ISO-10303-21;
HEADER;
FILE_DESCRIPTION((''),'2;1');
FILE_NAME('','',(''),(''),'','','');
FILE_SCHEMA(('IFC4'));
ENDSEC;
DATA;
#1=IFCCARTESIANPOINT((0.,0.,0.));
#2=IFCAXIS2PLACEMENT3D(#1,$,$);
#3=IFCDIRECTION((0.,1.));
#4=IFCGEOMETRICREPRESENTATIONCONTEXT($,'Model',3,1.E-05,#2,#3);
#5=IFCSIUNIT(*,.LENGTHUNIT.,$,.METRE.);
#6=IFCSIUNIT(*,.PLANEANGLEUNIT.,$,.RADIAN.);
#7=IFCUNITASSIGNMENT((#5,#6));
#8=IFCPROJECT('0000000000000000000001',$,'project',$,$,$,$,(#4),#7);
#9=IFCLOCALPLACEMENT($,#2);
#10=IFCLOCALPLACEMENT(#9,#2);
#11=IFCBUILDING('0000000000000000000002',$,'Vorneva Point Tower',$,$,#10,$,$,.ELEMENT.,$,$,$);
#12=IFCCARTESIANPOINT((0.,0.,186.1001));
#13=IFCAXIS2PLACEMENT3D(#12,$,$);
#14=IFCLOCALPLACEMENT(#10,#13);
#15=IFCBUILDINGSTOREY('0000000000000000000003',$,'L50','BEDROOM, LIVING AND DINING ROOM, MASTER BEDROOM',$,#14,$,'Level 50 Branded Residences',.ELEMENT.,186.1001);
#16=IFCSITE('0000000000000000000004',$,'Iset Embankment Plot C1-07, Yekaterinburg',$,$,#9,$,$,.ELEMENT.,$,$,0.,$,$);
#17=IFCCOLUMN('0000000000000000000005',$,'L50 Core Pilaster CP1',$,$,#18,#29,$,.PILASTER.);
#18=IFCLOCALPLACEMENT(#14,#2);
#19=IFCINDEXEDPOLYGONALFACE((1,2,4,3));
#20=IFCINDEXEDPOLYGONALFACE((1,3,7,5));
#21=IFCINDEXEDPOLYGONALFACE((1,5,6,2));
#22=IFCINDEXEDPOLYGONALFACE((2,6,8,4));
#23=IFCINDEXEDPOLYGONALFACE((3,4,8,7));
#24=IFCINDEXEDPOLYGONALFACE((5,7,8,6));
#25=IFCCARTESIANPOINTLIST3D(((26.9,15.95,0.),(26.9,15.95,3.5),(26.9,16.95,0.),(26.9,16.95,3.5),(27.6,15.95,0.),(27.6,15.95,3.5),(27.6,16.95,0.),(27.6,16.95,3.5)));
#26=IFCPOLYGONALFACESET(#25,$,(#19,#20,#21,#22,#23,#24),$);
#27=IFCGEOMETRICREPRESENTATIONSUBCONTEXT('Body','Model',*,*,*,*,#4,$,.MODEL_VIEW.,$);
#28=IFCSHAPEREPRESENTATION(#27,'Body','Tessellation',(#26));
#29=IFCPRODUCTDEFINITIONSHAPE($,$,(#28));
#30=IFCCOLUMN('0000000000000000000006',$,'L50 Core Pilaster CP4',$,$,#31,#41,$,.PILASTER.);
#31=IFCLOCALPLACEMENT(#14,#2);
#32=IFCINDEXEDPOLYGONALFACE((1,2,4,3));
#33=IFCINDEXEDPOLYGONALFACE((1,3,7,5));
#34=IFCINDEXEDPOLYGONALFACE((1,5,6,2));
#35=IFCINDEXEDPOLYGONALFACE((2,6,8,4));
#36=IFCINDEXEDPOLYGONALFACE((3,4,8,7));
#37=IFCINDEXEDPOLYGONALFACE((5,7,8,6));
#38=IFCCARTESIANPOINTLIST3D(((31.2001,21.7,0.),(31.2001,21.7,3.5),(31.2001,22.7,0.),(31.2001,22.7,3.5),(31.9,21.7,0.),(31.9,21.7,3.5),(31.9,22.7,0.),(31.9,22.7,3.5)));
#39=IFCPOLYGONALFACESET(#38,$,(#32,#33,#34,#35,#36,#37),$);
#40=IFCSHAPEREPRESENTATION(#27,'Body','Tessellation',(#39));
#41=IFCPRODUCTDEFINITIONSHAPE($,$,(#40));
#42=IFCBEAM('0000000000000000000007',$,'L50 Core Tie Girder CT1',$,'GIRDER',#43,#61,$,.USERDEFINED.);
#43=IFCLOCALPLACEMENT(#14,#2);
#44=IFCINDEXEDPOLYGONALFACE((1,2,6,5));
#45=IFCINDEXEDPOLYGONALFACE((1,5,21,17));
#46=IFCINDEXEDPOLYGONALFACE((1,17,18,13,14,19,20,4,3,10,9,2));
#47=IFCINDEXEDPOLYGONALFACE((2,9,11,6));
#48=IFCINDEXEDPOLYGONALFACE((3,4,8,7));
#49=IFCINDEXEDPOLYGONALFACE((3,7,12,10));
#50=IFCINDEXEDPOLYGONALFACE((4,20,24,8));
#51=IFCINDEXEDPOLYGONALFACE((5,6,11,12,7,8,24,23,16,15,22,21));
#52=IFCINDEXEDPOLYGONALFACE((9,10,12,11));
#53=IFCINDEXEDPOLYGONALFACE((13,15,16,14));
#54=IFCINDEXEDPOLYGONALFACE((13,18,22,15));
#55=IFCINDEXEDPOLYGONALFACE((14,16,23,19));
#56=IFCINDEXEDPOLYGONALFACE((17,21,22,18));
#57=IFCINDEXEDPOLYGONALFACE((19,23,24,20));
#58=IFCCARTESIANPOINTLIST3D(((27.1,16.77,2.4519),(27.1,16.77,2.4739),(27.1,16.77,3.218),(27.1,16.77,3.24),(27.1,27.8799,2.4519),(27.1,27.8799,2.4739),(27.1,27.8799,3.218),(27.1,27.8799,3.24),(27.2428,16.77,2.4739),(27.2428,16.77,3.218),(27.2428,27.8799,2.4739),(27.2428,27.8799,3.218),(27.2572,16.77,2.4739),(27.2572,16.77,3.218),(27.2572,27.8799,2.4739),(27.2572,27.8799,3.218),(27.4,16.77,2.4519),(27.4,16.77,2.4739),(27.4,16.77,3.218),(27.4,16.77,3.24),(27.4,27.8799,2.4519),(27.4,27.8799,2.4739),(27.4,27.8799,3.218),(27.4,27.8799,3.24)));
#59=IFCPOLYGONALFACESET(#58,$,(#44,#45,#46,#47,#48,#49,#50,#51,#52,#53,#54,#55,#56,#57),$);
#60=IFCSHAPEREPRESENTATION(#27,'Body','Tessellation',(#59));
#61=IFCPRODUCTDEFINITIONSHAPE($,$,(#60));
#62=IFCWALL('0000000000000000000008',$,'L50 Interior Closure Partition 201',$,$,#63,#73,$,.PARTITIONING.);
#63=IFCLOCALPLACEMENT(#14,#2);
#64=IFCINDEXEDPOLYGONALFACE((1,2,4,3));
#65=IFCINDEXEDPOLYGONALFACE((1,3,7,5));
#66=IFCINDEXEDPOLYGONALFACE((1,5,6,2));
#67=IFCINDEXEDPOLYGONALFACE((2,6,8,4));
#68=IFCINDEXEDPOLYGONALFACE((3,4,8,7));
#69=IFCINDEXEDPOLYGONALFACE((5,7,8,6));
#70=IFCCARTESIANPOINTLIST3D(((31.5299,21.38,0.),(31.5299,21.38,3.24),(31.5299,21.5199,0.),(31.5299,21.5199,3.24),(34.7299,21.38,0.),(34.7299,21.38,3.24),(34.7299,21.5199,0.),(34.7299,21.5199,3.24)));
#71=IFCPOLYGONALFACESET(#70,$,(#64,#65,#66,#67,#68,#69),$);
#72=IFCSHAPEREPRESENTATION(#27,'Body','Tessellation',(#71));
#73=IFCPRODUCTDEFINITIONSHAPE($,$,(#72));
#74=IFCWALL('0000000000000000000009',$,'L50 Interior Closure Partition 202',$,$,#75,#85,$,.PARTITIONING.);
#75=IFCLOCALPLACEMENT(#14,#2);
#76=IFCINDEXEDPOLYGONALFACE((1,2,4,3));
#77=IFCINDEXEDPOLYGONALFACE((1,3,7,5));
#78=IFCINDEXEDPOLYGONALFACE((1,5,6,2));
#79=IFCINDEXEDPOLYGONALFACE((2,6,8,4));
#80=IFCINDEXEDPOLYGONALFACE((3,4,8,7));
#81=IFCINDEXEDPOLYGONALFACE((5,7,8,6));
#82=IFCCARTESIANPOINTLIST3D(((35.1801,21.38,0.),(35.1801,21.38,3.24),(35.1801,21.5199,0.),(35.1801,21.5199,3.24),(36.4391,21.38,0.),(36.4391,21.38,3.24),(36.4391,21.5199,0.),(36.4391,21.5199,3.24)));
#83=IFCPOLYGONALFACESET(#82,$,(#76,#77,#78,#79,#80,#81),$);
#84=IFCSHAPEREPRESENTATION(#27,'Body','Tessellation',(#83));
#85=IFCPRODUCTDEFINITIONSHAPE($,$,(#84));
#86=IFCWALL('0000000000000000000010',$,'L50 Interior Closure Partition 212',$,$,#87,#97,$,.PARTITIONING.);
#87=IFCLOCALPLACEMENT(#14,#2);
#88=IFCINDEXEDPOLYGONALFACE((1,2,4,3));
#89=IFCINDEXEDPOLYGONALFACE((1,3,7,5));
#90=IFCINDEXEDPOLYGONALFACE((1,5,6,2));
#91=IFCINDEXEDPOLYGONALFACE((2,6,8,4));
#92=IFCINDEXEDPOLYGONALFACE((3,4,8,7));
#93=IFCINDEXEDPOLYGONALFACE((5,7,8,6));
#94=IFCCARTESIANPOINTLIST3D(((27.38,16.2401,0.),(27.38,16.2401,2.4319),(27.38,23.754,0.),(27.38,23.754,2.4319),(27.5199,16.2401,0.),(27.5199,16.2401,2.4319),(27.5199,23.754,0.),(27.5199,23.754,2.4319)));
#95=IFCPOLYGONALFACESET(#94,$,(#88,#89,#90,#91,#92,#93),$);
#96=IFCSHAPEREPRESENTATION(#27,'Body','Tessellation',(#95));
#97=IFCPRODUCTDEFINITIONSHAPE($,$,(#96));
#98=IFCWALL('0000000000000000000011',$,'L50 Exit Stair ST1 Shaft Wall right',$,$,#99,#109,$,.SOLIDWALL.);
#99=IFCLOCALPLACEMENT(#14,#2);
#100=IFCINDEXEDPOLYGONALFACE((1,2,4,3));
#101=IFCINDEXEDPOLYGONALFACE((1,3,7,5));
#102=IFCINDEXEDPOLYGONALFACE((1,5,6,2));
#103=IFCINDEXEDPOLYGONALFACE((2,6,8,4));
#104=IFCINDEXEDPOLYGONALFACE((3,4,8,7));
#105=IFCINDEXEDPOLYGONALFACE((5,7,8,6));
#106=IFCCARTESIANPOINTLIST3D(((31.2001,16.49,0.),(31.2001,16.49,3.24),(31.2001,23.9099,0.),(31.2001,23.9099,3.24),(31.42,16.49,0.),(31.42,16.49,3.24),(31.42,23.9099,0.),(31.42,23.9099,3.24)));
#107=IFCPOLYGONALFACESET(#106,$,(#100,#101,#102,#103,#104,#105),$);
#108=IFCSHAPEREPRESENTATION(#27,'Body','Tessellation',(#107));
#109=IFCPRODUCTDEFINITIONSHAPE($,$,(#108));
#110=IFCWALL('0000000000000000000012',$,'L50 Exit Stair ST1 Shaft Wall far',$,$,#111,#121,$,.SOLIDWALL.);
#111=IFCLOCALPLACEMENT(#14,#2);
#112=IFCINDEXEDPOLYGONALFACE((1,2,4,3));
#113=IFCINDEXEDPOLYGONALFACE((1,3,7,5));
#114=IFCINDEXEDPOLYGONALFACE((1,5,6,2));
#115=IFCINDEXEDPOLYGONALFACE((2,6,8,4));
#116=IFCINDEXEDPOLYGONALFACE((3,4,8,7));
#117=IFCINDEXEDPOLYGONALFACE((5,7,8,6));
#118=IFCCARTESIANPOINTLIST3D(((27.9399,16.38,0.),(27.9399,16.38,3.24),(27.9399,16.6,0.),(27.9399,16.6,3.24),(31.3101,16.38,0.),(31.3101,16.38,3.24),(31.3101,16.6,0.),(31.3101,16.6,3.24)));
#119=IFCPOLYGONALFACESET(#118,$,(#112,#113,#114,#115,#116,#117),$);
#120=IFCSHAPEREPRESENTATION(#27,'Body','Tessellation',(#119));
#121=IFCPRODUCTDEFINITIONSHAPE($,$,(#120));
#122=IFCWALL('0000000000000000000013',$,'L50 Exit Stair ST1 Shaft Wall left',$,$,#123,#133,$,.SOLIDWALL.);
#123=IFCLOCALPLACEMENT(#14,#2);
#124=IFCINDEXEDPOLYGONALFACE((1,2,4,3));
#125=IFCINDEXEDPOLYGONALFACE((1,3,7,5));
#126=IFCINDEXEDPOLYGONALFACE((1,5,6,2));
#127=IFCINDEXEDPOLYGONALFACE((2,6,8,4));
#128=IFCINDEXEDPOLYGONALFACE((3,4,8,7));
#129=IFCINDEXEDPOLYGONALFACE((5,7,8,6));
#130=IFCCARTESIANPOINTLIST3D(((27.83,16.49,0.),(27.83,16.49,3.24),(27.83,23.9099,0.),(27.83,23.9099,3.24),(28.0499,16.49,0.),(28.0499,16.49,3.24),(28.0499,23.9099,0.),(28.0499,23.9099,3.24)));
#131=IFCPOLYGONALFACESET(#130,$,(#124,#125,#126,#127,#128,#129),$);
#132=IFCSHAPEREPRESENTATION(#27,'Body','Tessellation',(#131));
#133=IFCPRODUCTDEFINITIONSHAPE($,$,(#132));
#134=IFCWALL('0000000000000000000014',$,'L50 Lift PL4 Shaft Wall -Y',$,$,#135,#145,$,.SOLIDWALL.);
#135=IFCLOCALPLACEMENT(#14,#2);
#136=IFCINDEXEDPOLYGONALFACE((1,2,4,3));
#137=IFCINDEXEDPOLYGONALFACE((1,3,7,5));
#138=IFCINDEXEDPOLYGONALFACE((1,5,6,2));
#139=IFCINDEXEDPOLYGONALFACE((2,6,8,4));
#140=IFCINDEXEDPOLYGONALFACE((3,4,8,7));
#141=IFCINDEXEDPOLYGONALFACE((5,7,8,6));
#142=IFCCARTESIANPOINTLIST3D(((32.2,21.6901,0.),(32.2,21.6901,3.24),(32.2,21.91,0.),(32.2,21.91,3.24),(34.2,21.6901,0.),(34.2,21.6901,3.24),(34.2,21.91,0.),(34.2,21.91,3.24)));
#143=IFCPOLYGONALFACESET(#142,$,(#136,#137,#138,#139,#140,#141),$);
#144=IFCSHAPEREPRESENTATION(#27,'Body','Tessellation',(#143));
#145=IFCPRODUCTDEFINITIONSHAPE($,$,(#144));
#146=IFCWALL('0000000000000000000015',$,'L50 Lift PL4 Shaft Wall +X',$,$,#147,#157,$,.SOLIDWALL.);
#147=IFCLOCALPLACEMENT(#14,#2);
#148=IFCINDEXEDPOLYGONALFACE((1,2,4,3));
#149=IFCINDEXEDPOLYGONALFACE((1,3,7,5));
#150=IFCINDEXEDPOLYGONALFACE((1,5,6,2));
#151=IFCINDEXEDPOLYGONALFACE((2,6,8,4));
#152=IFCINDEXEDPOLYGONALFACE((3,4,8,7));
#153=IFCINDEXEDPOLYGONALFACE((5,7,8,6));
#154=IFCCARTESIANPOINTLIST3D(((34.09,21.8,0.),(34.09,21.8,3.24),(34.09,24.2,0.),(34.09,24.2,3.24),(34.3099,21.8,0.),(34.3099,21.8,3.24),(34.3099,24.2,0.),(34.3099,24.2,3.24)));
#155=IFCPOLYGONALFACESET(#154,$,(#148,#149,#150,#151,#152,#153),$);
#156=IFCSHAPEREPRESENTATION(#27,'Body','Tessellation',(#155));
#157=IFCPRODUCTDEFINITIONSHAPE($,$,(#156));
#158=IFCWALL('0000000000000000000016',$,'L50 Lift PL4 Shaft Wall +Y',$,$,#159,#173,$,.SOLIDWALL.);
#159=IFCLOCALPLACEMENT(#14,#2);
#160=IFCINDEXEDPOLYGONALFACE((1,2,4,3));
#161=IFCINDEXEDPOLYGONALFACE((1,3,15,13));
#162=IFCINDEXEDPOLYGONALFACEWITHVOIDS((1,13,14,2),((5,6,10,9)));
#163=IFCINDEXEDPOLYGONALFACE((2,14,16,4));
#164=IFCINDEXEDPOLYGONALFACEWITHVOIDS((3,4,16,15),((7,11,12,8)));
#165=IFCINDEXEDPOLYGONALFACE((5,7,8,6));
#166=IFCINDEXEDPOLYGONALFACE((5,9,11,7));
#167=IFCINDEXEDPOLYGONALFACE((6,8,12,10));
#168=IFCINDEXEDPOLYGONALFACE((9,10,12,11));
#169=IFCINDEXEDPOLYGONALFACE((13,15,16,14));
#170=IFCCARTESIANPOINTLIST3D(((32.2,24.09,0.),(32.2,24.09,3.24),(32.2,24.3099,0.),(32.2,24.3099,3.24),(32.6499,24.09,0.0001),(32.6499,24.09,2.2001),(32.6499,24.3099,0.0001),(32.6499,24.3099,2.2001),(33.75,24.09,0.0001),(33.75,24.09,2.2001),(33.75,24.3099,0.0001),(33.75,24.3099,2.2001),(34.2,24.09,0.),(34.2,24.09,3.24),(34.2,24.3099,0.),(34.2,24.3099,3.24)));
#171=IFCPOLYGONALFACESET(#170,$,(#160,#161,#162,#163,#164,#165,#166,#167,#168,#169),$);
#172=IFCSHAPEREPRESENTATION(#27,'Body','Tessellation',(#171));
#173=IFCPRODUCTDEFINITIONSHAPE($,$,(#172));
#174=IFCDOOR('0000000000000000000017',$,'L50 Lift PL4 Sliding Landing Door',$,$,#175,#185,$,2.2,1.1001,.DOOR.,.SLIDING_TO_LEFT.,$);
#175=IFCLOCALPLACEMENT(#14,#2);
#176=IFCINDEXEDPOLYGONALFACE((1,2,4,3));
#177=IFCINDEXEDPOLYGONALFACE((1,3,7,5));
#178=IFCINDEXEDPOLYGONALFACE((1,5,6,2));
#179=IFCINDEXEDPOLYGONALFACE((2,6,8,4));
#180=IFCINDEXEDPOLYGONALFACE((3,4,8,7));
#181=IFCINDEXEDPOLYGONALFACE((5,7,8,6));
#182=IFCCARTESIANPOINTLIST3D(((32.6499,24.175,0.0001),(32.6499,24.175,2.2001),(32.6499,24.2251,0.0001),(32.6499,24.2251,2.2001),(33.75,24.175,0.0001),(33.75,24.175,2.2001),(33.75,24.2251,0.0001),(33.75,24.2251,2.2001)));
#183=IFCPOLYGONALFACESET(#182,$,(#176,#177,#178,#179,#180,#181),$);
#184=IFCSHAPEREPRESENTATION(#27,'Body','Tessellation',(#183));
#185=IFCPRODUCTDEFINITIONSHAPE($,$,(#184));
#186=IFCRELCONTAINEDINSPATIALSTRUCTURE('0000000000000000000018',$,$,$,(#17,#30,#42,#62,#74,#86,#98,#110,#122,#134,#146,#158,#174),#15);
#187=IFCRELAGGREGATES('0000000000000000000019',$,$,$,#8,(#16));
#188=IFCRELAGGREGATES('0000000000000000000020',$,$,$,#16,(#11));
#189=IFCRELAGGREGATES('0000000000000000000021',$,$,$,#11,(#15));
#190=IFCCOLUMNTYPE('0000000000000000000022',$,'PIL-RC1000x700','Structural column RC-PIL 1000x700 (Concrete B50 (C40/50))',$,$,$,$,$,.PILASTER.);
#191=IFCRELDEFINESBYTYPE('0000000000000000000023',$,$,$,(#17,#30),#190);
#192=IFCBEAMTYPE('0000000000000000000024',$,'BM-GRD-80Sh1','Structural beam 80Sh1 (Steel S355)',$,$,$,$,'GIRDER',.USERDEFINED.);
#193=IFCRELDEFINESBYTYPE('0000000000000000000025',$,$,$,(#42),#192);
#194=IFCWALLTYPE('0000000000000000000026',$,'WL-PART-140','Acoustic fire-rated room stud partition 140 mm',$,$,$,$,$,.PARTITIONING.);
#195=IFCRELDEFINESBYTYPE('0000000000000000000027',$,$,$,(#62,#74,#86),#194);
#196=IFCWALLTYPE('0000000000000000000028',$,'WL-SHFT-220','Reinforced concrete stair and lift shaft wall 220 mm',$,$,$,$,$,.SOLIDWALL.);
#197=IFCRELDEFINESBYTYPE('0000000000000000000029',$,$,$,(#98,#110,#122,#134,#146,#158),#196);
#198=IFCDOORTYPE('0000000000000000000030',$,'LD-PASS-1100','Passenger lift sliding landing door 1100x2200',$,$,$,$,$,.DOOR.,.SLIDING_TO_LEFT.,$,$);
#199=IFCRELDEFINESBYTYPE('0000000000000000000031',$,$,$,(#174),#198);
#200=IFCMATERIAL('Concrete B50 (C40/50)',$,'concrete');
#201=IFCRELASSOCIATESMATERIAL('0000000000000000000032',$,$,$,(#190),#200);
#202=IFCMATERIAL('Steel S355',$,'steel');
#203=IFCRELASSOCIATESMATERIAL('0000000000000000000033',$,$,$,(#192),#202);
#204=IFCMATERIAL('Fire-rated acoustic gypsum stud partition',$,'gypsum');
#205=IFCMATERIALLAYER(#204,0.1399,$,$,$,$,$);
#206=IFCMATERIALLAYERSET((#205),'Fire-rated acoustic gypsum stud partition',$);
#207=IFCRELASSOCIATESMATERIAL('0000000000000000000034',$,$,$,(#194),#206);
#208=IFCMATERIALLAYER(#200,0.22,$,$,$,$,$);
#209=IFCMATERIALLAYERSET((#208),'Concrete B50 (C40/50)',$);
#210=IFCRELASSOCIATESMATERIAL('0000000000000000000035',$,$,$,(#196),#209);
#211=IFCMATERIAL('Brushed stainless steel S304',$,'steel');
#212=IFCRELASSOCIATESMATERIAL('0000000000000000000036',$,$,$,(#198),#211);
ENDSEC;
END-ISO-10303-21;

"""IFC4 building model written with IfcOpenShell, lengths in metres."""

from ifc_helpers import new_model, si_unit, direction, frame, frame_2d, origin, origin_2d, place, context, subcontext, project, spatial, rectangle, i_section, extrude, material, layer, layer_set, material_profile, profile_set, type_object, element, fill, save


model = new_model("IFC4")

# Units and contexts
model_context = context("Model", 3, precision=1e-05, world=origin(), true_north=direction((0.0, 1.0)))
body_context = subcontext(model_context, "Body", "Model", "MODEL_VIEW")
ifc_project = project(units=[si_unit("LENGTHUNIT", "METRE"), si_unit("PLANEANGLEUNIT", "RADIAN")], contexts=[model_context])

# Site, building, storey
site_placement = place(None, origin())
site = spatial("IfcSite", under=ifc_project, at=site_placement, Name="Iset Embankment Plot C1-07, Yekaterinburg", CompositionType="ELEMENT", RefElevation=0.0)
building_placement = place(site_placement, origin())
building = spatial("IfcBuilding", under=site, at=building_placement, Name="Vorneva Point Tower", CompositionType="ELEMENT")
storey_placement = place(building_placement, frame((0.0, 0.0, 186.1001)))
storey = spatial("IfcBuildingStorey", under=building, at=storey_placement, Name="L50", Description="BEDROOM, LIVING AND DINING ROOM, MASTER BEDROOM", LongName="Level 50 Branded Residences", CompositionType="ELEMENT", Elevation=186.1001)

# Columns
ifc_material_1 = material(Name="Concrete B50 (C40/50)", Category="concrete")
ifc_material_profile_1 = material_profile(ifc_material_1, rectangle(XDim=0.7, YDim=1.0, at=origin_2d()), Name="RC-PIL 1000x700")
ifc_profile_set_1 = profile_set([ifc_material_profile_1], Name="Concrete B50 (C40/50)")
column_type = type_object("IfcColumnType", Name="PIL-RC1000x700", Description="Structural column RC-PIL 1000x700 (Concrete B50 (C40/50))", PredefinedType="PILASTER", material=ifc_profile_set_1)
for number, where, z_axis, x_axis, name in (
    (1, (27.25, 16.45, 0.0), (0.0, 0.0, 1.0), (1.0, 0.0, 0.0), "L50 Core Pilaster CP1"),
    (2, (31.55, 22.2, 0.0), (0.0, 0.0, 1.0), (1.0, 0.0, 0.0), "L50 Core Pilaster CP4"),
):
    element("IfcColumn", number, at=place(storey_placement, frame(where, z_axis=z_axis, x_axis=x_axis)), inside=storey, type_object=column_type, Name=name, PredefinedType="PILASTER", context=body_context, shape_type="SweptSolid", body=[
        extrude(rectangle(XDim=0.7, YDim=1.0, at=origin_2d()), origin(), (0.0, 0.0, 1.0), 3.5),
    ])

# Beam
ifc_material_2 = material(Name="Steel S355", Category="steel")
ifc_material_profile_2 = material_profile(ifc_material_2, i_section(OverallWidth=0.3, OverallDepth=0.7881, WebThickness=0.0144, FlangeThickness=0.022, at=origin_2d()), Name="80Sh1")
ifc_profile_set_2 = profile_set([ifc_material_profile_2], Name="Steel S355")
beam_type = type_object("IfcBeamType", Name="BM-GRD-80Sh1", Description="Structural beam 80Sh1 (Steel S355)", ElementType="GIRDER", PredefinedType="USERDEFINED", material=ifc_profile_set_2)
beam_placement = place(storey_placement, frame((27.25, 16.77, 2.8459), z_axis=(0.0, 1.0, 0.0), x_axis=(-1.0, 0.0, 0.0)))
element("IfcBeam", 3, at=beam_placement, inside=storey, type_object=beam_type, Name="L50 Core Tie Girder CT1", ObjectType="GIRDER", PredefinedType="USERDEFINED", context=body_context, shape_type="SweptSolid", body=[
    extrude(i_section(OverallWidth=0.3, OverallDepth=0.7881, WebThickness=0.0144, FlangeThickness=0.022, at=origin_2d()), origin(), (0.0, 0.0, 1.0), 11.1099),
])

# Walls
ifc_material_3 = material(Name="Fire-rated acoustic gypsum stud partition", Category="gypsum")
ifc_layer_1 = layer(ifc_material_3, 0.1399)
ifc_layer_set_1 = layer_set([ifc_layer_1], Name="Fire-rated acoustic gypsum stud partition")
wall_type_1 = type_object("IfcWallType", Name="WL-PART-140", Description="Acoustic fire-rated room stud partition 140 mm", PredefinedType="PARTITIONING", material=ifc_layer_set_1)
wall_1_placement = place(storey_placement, frame((34.73, 21.45, 0.0), z_axis=(0.0, 0.0, 1.0), x_axis=(-1.0, 0.0, 0.0)))
element("IfcWall", 4, at=wall_1_placement, inside=storey, type_object=wall_type_1, Name="L50 Interior Closure Partition 201", PredefinedType="PARTITIONING", context=body_context, shape_type="SweptSolid", body=[
    extrude(rectangle(XDim=3.2, YDim=0.1399, at=frame_2d((1.6001, 0.0))), origin(), (0.0, 0.0, 1.0), 3.24),
])
wall_2_placement = place(storey_placement, frame((36.439, 21.45, 0.0), z_axis=(0.0, 0.0, 1.0), x_axis=(-1.0, 0.0, 0.0)))
element("IfcWall", 5, at=wall_2_placement, inside=storey, type_object=wall_type_1, Name="L50 Interior Closure Partition 202", PredefinedType="PARTITIONING", context=body_context, shape_type="SweptSolid", body=[
    extrude(rectangle(XDim=1.259, YDim=0.1399, at=frame_2d((0.6294, 0.0))), origin(), (0.0, 0.0, 1.0), 3.24),
])
wall_3_placement = place(storey_placement, frame((27.45, 23.7539, 0.0), z_axis=(0.0, 0.0, 1.0), x_axis=(0.0, -1.0, 0.0)))
element("IfcWall", 6, at=wall_3_placement, inside=storey, type_object=wall_type_1, Name="L50 Interior Closure Partition 212", PredefinedType="PARTITIONING", context=body_context, shape_type="SweptSolid", body=[
    extrude(rectangle(XDim=7.5139, YDim=0.1399, at=frame_2d((3.7568, 0.0))), origin(), (0.0, 0.0, 1.0), 2.4319),
])

# Shared definitions
ifc_layer_2 = layer(ifc_material_1, 0.22)
ifc_layer_set_2 = layer_set([ifc_layer_2], Name="Concrete B50 (C40/50)")
wall_type_2 = type_object("IfcWallType", Name="WL-SHFT-220", Description="Reinforced concrete stair and lift shaft wall 220 mm", PredefinedType="SOLIDWALL", material=ifc_layer_set_2)

# Walls
wall_4_placement = place(storey_placement, frame((31.3101, 23.9099, 0.0), z_axis=(0.0, 0.0, 1.0), x_axis=(0.0, -1.0, 0.0)))
element("IfcWall", 7, at=wall_4_placement, inside=storey, type_object=wall_type_2, Name="L50 Exit Stair ST1 Shaft Wall right", PredefinedType="SOLIDWALL", context=body_context, shape_type="SweptSolid", body=[
    extrude(rectangle(XDim=7.4199, YDim=0.22, at=frame_2d((3.71, 0.0))), origin(), (0.0, 0.0, 1.0), 3.24),
])
wall_5_placement = place(storey_placement, frame((31.3101, 16.49, 0.0), z_axis=(0.0, 0.0, 1.0), x_axis=(-1.0, 0.0, 0.0)))
element("IfcWall", 8, at=wall_5_placement, inside=storey, type_object=wall_type_2, Name="L50 Exit Stair ST1 Shaft Wall far", PredefinedType="SOLIDWALL", context=body_context, shape_type="SweptSolid", body=[
    extrude(rectangle(XDim=3.3701, YDim=0.22, at=frame_2d((1.6851, 0.0))), origin(), (0.0, 0.0, 1.0), 3.24),
])
wall_6_placement = place(storey_placement, frame((27.9399, 16.49, 0.0), z_axis=(0.0, 0.0, 1.0), x_axis=(0.0, 1.0, 0.0)))
element("IfcWall", 9, at=wall_6_placement, inside=storey, type_object=wall_type_2, Name="L50 Exit Stair ST1 Shaft Wall left", PredefinedType="SOLIDWALL", context=body_context, shape_type="SweptSolid", body=[
    extrude(rectangle(XDim=7.4199, YDim=0.22, at=frame_2d((3.71, 0.0))), origin(), (0.0, 0.0, 1.0), 3.24),
])
wall_7_placement = place(storey_placement, frame((32.2, 21.8, 0.0), z_axis=(0.0, 0.0, 1.0), x_axis=(1.0, 0.0, 0.0)))
element("IfcWall", 10, at=wall_7_placement, inside=storey, type_object=wall_type_2, Name="L50 Lift PL4 Shaft Wall -Y", PredefinedType="SOLIDWALL", context=body_context, shape_type="SweptSolid", body=[
    extrude(rectangle(XDim=2.0, YDim=0.22, at=frame_2d((1.0, 0.0))), origin(), (0.0, 0.0, 1.0), 3.24),
])
wall_8_placement = place(storey_placement, frame((34.2, 21.8, 0.0), z_axis=(0.0, 0.0, 1.0), x_axis=(0.0, 1.0, 0.0)))
element("IfcWall", 11, at=wall_8_placement, inside=storey, type_object=wall_type_2, Name="L50 Lift PL4 Shaft Wall +X", PredefinedType="SOLIDWALL", context=body_context, shape_type="SweptSolid", body=[
    extrude(rectangle(XDim=2.3999, YDim=0.22, at=frame_2d((1.2, 0.0))), origin(), (0.0, 0.0, 1.0), 3.24),
])

# Wall, opening, door
wall_9_placement = place(storey_placement, frame((34.2, 24.2, 0.0), z_axis=(0.0, 0.0, 1.0), x_axis=(-1.0, 0.0, 0.0)))
wall_9 = element("IfcWall", 12, at=wall_9_placement, inside=storey, type_object=wall_type_2, Name="L50 Lift PL4 Shaft Wall +Y", PredefinedType="SOLIDWALL", context=body_context, shape_type="SweptSolid", body=[
    extrude(rectangle(XDim=2.0, YDim=0.22, at=frame_2d((1.0, 0.0))), origin(), (0.0, 0.0, 1.0), 3.24),
])
opening_1_placement = place(wall_9_placement, frame((0.45, 0.0, 0.0)))
opening_1 = element("IfcOpeningElement", 13, at=opening_1_placement, cuts=wall_9, PredefinedType="OPENING", context=body_context, shape_type="SweptSolid", body=[
    extrude(rectangle(XDim=1.1001, YDim=2.2, at=frame_2d((0.55, 1.1001))), frame((0.0, 0.125, 0.0), z_axis=(0.0, -1.0, 0.0), x_axis=(1.0, 0.0, 0.0)), (0.0, 0.0, 1.0), 0.2498),
])
ifc_material_4 = material(Name="Brushed stainless steel S304", Category="steel")
door_type_1 = type_object("IfcDoorType", Name="LD-PASS-1100", Description="Passenger lift sliding landing door 1100x2200", OperationType="SLIDING_TO_LEFT", PredefinedType="DOOR", material=ifc_material_4)
door_1_placement = place(opening_1_placement, origin())
door_1 = element("IfcDoor", 14, at=door_1_placement, inside=storey, type_object=door_type_1, Name="L50 Lift PL4 Sliding Landing Door", OperationType="SLIDING_TO_LEFT", OverallHeight=2.2, OverallWidth=1.1001, PredefinedType="DOOR", context=body_context, shape_type="SweptSolid", body=[
    extrude(rectangle(XDim=1.1001, YDim=2.2, at=frame_2d((0.55, 1.1001))), frame((0.0, 0.0249, 0.0), z_axis=(0.0, -1.0, 0.0), x_axis=(1.0, 0.0, 0.0)), (0.0, 0.0, 1.0), 0.05),
])
fill(opening_1, door_1)

save(model, "model.ifc")
